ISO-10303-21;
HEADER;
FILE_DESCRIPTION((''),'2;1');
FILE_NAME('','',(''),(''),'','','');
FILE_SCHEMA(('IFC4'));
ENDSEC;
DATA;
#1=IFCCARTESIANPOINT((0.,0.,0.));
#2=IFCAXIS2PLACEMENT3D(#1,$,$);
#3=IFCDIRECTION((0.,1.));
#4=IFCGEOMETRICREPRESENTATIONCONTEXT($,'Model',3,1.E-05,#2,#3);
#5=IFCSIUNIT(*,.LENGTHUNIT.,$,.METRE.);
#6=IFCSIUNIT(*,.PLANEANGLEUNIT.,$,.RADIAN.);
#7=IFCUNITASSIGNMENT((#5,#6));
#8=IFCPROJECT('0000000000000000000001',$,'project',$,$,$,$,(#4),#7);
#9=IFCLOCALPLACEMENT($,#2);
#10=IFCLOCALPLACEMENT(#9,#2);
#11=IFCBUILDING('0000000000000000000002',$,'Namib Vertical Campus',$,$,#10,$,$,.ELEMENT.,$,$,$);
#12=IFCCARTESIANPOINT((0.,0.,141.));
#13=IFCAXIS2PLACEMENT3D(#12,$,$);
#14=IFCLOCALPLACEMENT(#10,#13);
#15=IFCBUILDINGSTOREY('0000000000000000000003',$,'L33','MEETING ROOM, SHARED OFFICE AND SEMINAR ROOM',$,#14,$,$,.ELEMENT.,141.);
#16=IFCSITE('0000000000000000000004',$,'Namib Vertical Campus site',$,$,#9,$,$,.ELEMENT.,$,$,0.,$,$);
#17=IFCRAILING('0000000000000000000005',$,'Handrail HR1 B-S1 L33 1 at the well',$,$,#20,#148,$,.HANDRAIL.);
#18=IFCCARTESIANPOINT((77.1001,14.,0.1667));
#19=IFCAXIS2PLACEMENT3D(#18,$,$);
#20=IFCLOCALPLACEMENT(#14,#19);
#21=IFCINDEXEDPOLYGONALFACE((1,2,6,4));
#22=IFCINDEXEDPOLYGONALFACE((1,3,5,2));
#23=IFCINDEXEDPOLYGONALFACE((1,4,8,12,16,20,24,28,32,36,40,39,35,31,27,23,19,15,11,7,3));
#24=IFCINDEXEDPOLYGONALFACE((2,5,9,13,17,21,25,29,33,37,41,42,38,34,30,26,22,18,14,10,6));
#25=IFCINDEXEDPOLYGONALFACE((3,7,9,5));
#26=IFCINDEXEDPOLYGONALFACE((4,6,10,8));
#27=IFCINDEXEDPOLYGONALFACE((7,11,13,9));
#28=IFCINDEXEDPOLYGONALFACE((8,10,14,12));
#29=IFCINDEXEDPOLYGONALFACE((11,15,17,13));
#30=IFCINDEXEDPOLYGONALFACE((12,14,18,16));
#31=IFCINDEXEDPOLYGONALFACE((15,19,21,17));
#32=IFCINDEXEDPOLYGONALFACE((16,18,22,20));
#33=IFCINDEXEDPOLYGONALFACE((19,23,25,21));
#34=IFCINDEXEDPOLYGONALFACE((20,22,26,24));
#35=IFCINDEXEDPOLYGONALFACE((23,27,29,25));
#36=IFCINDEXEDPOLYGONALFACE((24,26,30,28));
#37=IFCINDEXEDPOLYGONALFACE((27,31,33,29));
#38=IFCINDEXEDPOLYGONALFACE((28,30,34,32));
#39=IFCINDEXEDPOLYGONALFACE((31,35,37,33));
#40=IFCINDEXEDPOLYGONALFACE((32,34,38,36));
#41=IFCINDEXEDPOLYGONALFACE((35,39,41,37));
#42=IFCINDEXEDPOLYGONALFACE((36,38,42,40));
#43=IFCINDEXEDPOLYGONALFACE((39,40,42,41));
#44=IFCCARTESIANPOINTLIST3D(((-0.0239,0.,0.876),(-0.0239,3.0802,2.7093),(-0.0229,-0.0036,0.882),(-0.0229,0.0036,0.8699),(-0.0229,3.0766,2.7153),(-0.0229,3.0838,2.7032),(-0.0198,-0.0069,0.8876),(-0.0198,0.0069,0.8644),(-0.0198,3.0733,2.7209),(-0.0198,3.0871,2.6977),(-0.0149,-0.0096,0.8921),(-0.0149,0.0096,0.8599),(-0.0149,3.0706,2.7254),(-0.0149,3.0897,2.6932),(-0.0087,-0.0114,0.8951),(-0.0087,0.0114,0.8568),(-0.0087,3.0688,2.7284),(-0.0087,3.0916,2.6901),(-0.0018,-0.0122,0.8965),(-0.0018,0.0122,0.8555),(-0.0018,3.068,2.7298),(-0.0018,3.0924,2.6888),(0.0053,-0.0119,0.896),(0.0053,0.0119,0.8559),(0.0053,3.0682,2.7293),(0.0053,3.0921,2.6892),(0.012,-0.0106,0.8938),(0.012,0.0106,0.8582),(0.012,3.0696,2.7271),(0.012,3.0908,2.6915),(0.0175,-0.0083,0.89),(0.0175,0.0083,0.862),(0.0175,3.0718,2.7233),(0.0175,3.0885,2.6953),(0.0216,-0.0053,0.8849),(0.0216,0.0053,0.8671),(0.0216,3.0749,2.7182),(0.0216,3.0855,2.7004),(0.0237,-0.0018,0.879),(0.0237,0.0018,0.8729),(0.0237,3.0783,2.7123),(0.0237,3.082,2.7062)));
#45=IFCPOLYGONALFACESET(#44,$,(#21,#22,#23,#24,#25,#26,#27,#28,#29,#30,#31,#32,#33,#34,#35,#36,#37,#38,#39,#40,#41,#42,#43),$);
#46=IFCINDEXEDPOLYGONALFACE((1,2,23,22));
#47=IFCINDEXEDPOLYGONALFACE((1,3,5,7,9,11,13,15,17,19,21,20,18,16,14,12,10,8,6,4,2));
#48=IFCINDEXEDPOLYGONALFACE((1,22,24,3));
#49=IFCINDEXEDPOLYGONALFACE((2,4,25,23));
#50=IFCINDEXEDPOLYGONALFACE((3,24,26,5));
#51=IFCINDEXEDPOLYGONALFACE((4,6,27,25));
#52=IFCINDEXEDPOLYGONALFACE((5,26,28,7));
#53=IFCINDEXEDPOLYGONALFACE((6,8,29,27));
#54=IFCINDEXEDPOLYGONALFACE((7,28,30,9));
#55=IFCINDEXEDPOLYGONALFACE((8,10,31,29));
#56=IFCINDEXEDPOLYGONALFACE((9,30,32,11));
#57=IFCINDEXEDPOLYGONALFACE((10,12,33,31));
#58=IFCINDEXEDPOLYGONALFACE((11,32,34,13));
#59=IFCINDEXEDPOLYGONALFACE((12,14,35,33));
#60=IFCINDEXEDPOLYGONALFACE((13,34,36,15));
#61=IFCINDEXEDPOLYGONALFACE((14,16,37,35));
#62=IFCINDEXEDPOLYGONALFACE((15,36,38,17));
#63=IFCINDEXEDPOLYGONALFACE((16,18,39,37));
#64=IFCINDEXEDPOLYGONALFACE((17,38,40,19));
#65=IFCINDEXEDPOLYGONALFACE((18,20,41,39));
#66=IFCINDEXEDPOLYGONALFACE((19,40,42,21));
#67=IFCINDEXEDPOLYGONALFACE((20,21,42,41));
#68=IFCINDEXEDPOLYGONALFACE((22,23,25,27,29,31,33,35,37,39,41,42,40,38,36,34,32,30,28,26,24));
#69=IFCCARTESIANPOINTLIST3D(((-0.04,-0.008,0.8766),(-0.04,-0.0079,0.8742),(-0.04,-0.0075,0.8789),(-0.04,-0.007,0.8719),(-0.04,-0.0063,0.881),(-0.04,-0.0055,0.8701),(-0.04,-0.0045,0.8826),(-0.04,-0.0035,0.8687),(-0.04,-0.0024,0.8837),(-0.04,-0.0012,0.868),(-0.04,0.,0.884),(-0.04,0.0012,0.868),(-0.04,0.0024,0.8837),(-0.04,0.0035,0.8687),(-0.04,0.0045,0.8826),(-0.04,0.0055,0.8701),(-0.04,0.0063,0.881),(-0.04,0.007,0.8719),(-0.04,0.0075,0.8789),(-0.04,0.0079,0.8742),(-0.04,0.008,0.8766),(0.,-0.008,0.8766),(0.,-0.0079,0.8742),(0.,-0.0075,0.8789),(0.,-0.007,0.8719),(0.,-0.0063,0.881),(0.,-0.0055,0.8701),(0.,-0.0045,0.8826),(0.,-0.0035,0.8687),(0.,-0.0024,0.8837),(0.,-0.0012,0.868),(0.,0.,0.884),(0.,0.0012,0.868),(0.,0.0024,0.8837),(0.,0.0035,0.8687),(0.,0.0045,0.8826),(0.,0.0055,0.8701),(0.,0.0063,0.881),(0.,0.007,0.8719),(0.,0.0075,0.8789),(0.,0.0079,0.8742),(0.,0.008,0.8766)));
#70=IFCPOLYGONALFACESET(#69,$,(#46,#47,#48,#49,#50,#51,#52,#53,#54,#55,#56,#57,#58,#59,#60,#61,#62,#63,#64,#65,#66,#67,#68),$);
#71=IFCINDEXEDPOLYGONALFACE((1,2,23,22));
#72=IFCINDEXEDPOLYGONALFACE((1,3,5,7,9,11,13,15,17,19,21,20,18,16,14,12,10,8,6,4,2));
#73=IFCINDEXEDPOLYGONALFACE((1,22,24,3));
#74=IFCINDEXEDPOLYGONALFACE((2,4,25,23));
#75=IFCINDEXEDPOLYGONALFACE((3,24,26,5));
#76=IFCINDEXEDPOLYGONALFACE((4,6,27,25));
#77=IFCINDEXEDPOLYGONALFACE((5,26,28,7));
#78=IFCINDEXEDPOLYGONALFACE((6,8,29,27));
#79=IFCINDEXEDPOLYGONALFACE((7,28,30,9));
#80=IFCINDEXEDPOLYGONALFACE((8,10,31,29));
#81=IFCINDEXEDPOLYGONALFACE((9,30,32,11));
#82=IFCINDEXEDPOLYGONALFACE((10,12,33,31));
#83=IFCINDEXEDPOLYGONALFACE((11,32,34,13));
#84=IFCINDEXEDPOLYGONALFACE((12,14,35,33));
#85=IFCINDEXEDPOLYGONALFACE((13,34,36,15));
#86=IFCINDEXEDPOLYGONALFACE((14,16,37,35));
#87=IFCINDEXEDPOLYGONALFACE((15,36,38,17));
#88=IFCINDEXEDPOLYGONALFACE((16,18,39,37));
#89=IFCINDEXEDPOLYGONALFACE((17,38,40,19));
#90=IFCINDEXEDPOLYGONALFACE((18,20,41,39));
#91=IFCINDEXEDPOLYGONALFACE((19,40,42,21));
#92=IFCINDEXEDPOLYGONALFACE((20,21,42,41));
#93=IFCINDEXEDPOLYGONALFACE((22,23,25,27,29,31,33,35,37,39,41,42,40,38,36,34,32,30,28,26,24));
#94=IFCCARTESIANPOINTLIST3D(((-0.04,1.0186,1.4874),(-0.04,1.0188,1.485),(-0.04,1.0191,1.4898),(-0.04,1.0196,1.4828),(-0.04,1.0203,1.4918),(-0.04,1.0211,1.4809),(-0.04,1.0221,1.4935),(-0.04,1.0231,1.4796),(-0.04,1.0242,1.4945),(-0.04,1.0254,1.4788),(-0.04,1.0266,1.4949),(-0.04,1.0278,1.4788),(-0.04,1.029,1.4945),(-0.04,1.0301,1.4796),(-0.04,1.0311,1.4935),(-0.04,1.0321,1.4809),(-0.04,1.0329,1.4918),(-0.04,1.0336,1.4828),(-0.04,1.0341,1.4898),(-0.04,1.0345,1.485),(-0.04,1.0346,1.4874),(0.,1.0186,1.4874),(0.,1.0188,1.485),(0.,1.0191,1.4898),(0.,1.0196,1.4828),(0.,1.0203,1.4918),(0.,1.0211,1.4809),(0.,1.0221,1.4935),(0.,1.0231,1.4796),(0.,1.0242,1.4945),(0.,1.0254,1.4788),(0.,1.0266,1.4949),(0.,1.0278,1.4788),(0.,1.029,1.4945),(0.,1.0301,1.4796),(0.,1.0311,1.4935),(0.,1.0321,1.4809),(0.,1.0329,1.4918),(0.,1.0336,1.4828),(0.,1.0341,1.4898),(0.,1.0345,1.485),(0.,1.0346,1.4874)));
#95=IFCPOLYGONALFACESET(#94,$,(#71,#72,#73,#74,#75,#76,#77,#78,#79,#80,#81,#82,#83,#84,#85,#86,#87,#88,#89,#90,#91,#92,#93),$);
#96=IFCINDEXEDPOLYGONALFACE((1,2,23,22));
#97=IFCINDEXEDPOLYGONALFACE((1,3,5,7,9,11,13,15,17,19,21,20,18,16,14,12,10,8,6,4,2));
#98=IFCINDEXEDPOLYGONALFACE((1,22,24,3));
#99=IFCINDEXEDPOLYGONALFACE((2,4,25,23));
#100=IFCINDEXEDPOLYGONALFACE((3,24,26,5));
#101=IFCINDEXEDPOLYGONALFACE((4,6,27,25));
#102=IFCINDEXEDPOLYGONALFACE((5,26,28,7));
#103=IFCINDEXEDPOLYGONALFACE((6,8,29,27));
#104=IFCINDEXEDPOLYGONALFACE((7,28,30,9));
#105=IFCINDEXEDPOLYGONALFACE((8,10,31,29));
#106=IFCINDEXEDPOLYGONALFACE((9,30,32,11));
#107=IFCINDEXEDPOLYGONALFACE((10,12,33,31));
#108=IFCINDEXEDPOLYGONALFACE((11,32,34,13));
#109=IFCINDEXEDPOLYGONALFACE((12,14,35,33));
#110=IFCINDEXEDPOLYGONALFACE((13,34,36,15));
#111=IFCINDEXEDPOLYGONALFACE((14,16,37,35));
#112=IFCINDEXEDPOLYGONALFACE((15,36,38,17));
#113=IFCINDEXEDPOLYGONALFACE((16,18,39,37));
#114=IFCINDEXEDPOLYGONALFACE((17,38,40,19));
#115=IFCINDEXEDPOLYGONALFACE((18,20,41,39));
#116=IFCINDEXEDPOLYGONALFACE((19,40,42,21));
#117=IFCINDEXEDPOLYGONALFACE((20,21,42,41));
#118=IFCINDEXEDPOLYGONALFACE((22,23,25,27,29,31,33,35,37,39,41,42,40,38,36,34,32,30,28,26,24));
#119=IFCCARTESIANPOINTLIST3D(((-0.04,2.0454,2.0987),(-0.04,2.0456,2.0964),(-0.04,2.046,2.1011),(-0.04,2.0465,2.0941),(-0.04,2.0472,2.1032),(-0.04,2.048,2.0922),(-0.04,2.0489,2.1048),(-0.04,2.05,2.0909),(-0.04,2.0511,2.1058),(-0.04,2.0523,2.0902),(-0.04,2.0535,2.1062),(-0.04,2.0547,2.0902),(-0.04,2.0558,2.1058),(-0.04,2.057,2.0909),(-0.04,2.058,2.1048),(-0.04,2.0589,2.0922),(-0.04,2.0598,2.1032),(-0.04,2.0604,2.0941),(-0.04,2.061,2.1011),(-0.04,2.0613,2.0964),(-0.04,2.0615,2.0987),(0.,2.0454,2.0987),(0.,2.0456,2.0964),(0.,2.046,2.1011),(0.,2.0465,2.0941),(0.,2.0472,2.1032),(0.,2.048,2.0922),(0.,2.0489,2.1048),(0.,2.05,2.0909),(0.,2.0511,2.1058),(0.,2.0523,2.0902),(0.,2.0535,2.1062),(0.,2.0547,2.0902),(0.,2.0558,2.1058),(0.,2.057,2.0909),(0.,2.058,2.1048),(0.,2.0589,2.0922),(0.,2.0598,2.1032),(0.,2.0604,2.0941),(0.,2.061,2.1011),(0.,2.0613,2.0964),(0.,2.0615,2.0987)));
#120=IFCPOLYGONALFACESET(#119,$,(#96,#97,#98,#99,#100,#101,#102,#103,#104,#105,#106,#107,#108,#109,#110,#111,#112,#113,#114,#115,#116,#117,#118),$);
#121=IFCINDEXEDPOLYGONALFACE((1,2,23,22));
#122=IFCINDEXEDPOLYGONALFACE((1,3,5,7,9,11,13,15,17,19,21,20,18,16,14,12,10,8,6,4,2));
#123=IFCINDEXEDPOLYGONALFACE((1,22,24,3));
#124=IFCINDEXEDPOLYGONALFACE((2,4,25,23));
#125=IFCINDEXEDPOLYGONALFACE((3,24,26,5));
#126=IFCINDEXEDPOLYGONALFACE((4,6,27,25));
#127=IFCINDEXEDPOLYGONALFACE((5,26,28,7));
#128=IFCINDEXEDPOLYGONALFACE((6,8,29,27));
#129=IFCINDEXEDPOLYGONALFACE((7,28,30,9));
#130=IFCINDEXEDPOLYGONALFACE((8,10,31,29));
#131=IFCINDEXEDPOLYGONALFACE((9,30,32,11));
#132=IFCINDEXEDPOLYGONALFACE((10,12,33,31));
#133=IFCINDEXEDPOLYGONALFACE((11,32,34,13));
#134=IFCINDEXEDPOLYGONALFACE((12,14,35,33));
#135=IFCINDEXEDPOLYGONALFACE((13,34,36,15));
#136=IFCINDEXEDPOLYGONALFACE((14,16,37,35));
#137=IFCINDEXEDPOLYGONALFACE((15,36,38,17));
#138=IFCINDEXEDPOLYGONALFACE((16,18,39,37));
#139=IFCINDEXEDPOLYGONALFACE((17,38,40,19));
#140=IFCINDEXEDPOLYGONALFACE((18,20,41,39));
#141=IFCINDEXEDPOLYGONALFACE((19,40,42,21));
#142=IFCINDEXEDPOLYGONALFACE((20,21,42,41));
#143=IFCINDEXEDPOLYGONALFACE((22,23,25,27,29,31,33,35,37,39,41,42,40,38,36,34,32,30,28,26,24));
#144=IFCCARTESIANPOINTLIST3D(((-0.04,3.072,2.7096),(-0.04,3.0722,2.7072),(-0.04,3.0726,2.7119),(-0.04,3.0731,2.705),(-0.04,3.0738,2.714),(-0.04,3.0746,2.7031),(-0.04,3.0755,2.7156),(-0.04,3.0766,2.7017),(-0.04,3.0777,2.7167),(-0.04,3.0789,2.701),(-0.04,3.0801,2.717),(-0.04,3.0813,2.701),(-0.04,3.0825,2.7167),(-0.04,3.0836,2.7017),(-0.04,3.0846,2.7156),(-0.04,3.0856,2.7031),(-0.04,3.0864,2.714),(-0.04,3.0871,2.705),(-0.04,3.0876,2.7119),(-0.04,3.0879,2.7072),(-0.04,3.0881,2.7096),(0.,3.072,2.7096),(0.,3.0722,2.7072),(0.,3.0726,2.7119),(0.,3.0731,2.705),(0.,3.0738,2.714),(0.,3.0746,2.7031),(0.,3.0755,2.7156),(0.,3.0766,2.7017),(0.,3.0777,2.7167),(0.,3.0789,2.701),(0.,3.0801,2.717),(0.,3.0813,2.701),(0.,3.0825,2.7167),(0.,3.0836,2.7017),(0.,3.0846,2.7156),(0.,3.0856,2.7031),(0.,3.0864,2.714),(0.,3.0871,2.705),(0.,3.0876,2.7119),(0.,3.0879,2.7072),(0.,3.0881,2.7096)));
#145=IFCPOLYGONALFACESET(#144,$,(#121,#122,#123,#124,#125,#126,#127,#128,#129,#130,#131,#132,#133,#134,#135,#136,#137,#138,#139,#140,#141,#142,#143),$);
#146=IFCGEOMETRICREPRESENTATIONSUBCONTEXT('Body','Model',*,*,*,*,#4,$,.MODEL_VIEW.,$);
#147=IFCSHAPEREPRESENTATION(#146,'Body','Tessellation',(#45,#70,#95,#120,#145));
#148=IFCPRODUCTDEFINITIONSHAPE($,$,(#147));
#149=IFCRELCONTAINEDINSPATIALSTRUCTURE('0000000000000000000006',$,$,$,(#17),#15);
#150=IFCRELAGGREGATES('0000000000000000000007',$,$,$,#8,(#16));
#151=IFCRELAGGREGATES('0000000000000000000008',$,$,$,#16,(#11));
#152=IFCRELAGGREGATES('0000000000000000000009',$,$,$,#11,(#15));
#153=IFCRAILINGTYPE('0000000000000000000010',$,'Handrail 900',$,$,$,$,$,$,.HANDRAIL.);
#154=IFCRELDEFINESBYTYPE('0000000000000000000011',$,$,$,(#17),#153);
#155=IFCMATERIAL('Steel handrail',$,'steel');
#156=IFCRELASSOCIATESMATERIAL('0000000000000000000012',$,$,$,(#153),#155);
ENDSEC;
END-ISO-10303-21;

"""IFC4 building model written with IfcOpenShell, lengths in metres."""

from ifc_helpers import new_model, si_unit, direction, frame, origin, origin_2d, place, context, subcontext, project, spatial, circle, extrude, material, type_object, element, save


model = new_model("IFC4")

# Units and contexts
model_context = context("Model", 3, precision=1e-05, world=origin(), true_north=direction((0.0, 1.0)))
body_context = subcontext(model_context, "Body", "Model", "MODEL_VIEW")
ifc_project = project(units=[si_unit("LENGTHUNIT", "METRE"), si_unit("PLANEANGLEUNIT", "RADIAN")], contexts=[model_context])

# Site, building, storey
site_placement = place(None, origin())
site = spatial("IfcSite", under=ifc_project, at=site_placement, Name="Namib Vertical Campus site", CompositionType="ELEMENT", RefElevation=0.0)
building_placement = place(site_placement, origin())
building = spatial("IfcBuilding", under=site, at=building_placement, Name="Namib Vertical Campus", CompositionType="ELEMENT")
storey_placement = place(building_placement, frame((0.0, 0.0, 141.0)))
storey = spatial("IfcBuildingStorey", under=building, at=storey_placement, Name="L33", Description="MEETING ROOM, SHARED OFFICE AND SEMINAR ROOM", CompositionType="ELEMENT", Elevation=141.0)

# Railing
ifc_material_1 = material(Name="Steel handrail", Category="steel")
railing_type_1 = type_object("IfcRailingType", Name="Handrail 900", PredefinedType="HANDRAIL", material=ifc_material_1)
railing_1_placement = place(storey_placement, frame((77.1001, 14.0, 0.1667)))
element("IfcRailing", 1, at=railing_1_placement, inside=storey, type_object=railing_type_1, Name="Handrail HR1 B-S1 L33 1 at the well", PredefinedType="HANDRAIL", context=body_context, shape_type="SweptSolid", body=[
    extrude(circle(Radius=0.0239, at=origin_2d()), frame((0.0, 0.0, 0.876), z_axis=(0.0, 0.859309, 0.511458), x_axis=(-1.0, 0.0, 0.0)), (0.0, 0.0, 1.0), 3.5845),
    extrude(circle(Radius=0.0081, at=origin_2d()), frame((0.0, 0.0, 0.876), z_axis=(-1.0, 0.0, 0.0), x_axis=(0.0, 0.0, 1.0)), (0.0, 0.0, 1.0), 0.04),
    extrude(circle(Radius=0.0081, at=origin_2d()), frame((0.0, 1.0266, 1.4868), z_axis=(-1.0, 0.0, 0.0), x_axis=(0.0, 0.0, 1.0)), (0.0, 0.0, 1.0), 0.04),
    extrude(circle(Radius=0.0081, at=origin_2d()), frame((0.0, 2.0535, 2.0981), z_axis=(-1.0, 0.0, 0.0), x_axis=(0.0, 0.0, 1.0)), (0.0, 0.0, 1.0), 0.04),
    extrude(circle(Radius=0.0081, at=origin_2d()), frame((0.0, 3.0801, 2.709), z_axis=(-1.0, 0.0, 0.0), x_axis=(0.0, 0.0, 1.0)), (0.0, 0.0, 1.0), 0.04),
])

save(model, "model.ifc")
